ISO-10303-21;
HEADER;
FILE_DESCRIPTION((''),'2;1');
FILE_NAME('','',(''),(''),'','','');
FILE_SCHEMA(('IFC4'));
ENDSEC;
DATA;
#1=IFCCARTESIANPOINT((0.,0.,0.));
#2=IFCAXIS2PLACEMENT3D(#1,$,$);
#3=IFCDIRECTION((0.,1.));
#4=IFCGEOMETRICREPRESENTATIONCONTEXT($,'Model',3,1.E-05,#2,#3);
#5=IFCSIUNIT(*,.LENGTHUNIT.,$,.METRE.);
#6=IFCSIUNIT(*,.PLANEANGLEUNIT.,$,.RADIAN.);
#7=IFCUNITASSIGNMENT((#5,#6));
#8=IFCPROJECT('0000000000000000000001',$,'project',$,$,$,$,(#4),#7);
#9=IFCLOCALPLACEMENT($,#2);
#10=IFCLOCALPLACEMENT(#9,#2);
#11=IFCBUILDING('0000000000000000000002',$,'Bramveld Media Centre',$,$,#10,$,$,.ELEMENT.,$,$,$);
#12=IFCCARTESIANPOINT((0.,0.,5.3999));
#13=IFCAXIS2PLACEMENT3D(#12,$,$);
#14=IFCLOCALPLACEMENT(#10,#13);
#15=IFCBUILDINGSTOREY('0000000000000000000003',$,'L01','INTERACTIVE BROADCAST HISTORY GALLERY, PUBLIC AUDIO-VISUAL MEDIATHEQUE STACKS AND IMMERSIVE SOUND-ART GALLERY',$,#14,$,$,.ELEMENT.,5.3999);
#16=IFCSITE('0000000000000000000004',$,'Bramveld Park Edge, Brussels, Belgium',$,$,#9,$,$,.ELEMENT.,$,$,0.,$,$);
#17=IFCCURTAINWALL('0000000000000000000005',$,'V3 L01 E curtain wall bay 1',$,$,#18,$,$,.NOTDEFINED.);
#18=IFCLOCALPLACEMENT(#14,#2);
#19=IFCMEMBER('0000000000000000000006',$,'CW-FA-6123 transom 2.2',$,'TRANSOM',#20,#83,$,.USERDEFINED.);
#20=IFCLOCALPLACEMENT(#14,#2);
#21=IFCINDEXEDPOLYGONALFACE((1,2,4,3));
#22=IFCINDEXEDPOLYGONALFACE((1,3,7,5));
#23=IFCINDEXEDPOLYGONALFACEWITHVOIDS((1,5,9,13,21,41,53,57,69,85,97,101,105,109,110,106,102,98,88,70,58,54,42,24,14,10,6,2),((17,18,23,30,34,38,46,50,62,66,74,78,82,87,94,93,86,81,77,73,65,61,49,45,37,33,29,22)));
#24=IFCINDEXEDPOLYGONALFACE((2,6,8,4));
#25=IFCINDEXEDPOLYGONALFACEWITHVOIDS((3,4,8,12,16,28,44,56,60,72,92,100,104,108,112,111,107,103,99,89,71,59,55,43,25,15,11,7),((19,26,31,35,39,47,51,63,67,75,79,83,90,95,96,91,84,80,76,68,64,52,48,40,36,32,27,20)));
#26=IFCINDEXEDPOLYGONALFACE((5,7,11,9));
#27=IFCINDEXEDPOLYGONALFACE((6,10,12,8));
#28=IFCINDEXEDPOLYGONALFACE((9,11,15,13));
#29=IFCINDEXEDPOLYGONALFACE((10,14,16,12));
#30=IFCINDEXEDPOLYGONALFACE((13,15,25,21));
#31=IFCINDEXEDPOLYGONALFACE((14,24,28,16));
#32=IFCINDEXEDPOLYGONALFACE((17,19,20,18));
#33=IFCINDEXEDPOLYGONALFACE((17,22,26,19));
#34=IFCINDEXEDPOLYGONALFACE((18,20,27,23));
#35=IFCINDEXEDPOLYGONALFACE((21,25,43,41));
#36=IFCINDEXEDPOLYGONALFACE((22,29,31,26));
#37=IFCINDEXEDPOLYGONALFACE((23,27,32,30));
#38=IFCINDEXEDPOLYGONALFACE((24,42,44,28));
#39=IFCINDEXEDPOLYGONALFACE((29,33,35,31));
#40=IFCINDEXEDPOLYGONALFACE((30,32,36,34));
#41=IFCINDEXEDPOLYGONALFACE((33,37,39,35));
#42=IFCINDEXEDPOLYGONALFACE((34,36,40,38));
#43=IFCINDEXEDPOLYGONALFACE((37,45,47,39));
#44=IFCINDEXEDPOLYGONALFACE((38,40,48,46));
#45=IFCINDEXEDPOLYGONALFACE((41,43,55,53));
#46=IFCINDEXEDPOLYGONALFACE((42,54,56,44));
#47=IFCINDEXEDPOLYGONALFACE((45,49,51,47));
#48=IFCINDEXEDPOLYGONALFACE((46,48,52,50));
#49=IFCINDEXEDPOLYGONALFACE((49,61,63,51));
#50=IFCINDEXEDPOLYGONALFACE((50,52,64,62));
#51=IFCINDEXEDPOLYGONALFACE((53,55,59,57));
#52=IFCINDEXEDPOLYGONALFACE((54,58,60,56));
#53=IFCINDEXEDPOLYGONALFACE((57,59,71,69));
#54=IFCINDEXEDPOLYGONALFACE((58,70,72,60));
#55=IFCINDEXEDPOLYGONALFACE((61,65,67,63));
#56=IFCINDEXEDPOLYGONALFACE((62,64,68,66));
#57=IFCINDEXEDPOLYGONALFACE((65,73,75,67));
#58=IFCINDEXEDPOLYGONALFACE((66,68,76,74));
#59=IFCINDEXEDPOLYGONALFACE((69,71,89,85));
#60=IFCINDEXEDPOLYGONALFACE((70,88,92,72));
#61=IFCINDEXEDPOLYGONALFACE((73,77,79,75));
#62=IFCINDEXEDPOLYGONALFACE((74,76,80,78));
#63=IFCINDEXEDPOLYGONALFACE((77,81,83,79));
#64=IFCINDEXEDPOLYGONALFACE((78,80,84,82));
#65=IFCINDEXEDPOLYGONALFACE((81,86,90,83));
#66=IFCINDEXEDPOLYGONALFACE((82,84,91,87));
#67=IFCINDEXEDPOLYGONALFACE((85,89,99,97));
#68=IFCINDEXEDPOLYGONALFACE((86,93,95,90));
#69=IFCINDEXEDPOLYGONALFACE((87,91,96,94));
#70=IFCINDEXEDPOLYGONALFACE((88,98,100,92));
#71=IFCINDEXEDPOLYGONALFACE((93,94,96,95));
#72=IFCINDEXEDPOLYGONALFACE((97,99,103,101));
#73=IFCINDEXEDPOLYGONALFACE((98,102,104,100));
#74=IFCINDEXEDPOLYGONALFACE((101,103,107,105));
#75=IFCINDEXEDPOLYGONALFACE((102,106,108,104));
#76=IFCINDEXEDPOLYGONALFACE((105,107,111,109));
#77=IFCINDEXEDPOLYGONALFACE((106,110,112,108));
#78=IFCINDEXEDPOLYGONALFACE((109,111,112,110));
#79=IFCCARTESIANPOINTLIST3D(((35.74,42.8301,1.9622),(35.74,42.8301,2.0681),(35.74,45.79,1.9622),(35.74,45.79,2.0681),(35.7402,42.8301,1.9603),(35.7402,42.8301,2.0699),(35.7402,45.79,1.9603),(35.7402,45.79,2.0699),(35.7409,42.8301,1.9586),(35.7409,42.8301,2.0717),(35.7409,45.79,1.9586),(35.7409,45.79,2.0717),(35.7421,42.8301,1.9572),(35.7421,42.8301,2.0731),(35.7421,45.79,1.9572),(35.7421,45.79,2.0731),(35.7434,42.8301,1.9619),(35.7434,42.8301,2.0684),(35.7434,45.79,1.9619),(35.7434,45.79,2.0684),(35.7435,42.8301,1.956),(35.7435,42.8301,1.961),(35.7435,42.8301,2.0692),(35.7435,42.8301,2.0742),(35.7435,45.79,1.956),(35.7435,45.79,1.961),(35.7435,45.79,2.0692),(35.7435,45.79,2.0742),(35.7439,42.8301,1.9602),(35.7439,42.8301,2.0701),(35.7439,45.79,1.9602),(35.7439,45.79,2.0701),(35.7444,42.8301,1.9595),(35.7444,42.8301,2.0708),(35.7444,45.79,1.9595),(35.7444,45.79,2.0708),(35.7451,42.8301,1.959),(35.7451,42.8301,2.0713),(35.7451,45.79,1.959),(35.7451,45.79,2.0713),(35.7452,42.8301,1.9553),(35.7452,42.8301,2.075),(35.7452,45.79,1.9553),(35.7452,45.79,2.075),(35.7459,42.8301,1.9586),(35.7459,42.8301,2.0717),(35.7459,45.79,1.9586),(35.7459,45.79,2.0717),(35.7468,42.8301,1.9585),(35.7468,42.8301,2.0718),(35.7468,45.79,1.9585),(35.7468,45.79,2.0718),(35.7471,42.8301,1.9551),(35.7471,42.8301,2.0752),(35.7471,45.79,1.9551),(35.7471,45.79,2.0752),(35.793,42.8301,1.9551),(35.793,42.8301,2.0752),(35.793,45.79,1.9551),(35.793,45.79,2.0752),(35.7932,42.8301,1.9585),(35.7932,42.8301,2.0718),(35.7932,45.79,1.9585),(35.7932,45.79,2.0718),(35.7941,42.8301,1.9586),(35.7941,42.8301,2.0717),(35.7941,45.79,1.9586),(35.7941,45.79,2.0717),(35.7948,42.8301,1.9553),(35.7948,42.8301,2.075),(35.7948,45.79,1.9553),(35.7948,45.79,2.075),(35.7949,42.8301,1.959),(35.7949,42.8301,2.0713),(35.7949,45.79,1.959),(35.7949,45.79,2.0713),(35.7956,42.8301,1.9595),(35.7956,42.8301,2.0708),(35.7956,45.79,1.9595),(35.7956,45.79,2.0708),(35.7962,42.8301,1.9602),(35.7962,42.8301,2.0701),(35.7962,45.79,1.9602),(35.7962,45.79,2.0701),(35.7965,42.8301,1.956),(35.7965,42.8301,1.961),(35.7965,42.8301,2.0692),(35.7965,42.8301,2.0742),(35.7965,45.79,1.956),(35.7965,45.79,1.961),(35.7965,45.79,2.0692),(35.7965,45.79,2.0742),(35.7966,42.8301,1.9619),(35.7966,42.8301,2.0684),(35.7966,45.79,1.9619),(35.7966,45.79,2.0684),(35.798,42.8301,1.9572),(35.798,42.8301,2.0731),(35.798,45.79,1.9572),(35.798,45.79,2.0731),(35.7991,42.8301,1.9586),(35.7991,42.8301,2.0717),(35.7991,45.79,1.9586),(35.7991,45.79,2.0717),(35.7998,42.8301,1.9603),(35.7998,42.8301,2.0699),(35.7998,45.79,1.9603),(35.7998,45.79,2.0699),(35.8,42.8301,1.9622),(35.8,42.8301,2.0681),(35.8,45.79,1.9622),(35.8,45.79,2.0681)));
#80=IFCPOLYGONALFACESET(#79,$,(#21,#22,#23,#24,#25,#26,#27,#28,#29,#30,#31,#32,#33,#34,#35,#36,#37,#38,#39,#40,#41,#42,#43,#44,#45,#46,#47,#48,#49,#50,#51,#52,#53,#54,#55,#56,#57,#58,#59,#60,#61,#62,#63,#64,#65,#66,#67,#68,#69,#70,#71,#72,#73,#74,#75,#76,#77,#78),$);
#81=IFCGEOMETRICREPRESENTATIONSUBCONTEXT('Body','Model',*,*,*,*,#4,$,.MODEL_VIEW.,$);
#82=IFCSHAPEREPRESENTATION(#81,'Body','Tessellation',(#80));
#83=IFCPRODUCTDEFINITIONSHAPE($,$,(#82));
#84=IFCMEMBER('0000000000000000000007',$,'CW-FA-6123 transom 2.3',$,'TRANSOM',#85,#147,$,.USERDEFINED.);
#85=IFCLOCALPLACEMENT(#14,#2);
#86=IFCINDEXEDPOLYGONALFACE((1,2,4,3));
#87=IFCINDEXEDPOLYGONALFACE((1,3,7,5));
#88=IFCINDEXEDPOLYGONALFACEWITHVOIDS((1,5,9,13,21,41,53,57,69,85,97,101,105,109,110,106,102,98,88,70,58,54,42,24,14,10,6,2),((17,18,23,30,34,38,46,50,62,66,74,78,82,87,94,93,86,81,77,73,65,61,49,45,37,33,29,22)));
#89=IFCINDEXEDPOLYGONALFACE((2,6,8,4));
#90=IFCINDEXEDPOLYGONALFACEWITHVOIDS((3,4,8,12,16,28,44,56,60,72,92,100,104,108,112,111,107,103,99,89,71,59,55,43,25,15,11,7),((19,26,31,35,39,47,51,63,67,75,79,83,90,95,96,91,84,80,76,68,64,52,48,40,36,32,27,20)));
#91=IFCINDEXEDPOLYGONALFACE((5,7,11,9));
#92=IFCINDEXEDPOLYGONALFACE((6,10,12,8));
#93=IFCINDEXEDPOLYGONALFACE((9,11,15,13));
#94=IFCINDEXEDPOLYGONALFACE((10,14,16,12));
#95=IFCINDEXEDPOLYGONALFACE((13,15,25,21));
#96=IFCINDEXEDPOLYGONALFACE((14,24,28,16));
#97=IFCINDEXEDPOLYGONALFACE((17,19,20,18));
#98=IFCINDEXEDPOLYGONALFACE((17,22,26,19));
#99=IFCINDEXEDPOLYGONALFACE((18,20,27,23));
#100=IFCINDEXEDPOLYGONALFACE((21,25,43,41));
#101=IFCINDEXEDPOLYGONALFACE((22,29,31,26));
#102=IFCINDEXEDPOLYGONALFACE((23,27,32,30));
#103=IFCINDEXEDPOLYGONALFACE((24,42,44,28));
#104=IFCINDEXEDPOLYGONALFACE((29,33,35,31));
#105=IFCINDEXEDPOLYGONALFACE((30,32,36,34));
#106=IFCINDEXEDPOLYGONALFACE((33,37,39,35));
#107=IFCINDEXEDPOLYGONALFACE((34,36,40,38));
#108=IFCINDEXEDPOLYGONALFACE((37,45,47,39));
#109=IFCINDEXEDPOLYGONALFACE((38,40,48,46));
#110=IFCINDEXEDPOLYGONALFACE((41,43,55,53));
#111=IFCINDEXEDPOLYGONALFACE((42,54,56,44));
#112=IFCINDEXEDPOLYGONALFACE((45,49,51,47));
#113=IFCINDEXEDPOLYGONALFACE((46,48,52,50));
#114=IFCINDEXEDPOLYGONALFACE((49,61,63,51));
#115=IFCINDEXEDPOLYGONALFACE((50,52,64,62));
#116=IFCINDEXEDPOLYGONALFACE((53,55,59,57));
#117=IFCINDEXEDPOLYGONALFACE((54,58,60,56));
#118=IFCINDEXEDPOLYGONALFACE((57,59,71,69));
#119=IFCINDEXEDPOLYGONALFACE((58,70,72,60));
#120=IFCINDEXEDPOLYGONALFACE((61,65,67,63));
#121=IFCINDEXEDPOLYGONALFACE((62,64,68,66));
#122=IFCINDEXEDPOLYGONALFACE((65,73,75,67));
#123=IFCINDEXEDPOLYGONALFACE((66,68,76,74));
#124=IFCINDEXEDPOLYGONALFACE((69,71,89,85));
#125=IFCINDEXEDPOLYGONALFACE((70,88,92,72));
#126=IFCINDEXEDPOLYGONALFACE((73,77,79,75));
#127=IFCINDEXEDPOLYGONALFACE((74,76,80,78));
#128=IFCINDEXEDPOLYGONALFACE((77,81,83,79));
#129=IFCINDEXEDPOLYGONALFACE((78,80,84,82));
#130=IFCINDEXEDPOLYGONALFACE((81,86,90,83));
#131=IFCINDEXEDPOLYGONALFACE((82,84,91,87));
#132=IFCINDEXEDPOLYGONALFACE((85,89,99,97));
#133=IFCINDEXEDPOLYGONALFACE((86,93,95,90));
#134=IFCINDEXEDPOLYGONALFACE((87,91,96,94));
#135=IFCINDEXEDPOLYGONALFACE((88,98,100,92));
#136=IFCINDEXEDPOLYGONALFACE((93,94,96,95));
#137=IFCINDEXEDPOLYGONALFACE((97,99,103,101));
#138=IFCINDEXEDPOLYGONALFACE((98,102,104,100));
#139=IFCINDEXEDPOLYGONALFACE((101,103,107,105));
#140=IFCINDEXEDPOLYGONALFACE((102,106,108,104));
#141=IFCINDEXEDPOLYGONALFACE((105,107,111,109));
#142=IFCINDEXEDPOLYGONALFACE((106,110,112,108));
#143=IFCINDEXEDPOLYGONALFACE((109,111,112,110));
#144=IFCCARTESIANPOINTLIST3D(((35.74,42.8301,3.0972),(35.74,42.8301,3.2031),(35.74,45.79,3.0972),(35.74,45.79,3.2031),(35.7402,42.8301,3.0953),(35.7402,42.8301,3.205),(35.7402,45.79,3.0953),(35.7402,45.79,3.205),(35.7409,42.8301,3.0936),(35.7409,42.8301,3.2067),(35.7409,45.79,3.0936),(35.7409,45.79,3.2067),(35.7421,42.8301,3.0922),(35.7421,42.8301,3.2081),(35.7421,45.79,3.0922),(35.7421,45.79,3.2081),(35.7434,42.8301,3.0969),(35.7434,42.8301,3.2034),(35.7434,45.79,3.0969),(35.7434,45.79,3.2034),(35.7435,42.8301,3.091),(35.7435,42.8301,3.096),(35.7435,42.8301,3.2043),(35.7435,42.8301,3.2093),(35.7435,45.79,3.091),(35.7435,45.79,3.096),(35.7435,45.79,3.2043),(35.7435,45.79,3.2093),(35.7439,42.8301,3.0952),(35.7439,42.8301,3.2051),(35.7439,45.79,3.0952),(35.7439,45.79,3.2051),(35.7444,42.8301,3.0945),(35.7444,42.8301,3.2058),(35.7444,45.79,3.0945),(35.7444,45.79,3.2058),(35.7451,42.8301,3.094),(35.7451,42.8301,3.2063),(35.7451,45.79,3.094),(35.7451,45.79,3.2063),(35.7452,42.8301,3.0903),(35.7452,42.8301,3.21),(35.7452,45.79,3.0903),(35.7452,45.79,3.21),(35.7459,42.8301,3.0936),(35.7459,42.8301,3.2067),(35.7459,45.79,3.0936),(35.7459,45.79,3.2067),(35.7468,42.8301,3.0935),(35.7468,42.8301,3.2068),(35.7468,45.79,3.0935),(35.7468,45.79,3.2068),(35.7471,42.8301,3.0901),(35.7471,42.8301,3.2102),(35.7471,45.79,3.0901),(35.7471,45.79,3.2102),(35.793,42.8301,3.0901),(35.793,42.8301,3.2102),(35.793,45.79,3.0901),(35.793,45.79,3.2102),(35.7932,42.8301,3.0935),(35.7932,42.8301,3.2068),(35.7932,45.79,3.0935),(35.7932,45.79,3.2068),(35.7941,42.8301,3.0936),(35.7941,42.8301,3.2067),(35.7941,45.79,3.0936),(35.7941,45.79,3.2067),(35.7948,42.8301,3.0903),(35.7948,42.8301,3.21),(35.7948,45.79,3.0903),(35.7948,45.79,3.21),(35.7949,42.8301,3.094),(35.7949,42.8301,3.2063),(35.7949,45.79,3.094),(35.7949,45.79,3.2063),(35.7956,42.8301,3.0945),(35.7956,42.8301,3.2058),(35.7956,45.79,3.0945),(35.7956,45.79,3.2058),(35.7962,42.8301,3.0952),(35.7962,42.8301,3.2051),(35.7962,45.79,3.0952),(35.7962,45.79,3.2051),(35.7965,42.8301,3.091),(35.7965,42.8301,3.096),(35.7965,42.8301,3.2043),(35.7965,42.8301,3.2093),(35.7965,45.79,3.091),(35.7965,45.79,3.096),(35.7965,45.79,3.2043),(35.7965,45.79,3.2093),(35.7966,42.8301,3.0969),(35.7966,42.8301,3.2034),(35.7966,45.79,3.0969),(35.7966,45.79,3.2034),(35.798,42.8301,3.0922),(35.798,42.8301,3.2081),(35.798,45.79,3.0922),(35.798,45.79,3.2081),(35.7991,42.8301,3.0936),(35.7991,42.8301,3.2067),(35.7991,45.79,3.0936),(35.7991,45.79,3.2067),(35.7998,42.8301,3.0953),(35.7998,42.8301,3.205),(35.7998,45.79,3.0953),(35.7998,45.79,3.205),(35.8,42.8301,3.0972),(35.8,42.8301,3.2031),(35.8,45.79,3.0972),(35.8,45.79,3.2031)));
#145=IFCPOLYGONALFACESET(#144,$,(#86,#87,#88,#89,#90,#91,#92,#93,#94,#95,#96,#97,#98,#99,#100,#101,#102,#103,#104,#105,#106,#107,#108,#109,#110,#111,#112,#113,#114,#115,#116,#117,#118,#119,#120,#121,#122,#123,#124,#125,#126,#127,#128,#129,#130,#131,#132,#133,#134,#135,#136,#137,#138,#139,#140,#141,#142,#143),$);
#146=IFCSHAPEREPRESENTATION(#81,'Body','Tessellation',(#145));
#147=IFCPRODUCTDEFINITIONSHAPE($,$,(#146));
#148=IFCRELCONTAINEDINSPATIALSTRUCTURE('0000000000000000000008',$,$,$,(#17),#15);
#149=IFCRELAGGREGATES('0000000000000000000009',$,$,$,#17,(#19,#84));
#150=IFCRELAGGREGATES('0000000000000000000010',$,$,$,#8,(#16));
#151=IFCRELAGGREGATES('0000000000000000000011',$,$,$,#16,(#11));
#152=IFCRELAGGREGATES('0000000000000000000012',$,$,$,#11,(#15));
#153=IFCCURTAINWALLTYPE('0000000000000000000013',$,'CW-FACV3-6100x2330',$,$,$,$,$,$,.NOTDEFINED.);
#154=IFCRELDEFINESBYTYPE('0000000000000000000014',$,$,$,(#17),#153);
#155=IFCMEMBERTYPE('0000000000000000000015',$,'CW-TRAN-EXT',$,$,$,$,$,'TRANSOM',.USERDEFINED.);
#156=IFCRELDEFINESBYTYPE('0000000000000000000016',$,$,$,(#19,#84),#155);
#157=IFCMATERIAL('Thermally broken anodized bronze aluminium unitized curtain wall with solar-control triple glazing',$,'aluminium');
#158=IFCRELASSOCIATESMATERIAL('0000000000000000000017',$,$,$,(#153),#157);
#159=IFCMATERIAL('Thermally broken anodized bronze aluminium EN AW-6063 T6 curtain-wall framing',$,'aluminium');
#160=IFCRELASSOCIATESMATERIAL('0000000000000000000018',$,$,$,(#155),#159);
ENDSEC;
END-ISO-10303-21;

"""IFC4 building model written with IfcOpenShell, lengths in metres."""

from ifc_helpers import new_model, si_unit, direction, frame, origin, origin_2d, place, context, subcontext, project, spatial, hollow_rectangle, extrude, material, material_profile, profile_set, type_object, element, aggregate, save


model = new_model("IFC4")

# Units and contexts
model_context = context("Model", 3, precision=1e-05, world=origin(), true_north=direction((0.0, 1.0)))
body_context = subcontext(model_context, "Body", "Model", "MODEL_VIEW")
ifc_project = project(units=[si_unit("LENGTHUNIT", "METRE"), si_unit("PLANEANGLEUNIT", "RADIAN")], contexts=[model_context])

# Site, building, storey
site_placement = place(None, origin())
site = spatial("IfcSite", under=ifc_project, at=site_placement, Name="Bramveld Park Edge, Brussels, Belgium", CompositionType="ELEMENT", RefElevation=0.0)
building_placement = place(site_placement, origin())
building = spatial("IfcBuilding", under=site, at=building_placement, Name="Bramveld Media Centre", CompositionType="ELEMENT")
storey_placement = place(building_placement, frame((0.0, 0.0, 5.3999)))
storey = spatial("IfcBuildingStorey", under=building, at=storey_placement, Name="L01", Description="INTERACTIVE BROADCAST HISTORY GALLERY, PUBLIC AUDIO-VISUAL MEDIATHEQUE STACKS AND IMMERSIVE SOUND-ART GALLERY", CompositionType="ELEMENT", Elevation=5.3999)

# Curtain wall
ifc_material_1 = material(Name="Thermally broken anodized bronze aluminium unitized curtain wall with solar-control triple glazing", Category="aluminium")
curtain_wall_type = type_object("IfcCurtainWallType", Name="CW-FACV3-6100x2330", PredefinedType="NOTDEFINED", material=ifc_material_1)
curtain_wall_1_placement = place(storey_placement, origin())
curtain_wall_1 = element("IfcCurtainWall", 1, at=curtain_wall_1_placement, inside=storey, type_object=curtain_wall_type, Name="V3 L01 E curtain wall bay 1", PredefinedType="NOTDEFINED")

# Members
ifc_material_2 = material(Name="Thermally broken anodized bronze aluminium EN AW-6063 T6 curtain-wall framing", Category="aluminium")
ifc_material_profile_1 = material_profile(ifc_material_2, hollow_rectangle(XDim=0.0601, YDim=0.1201, WallThickness=0.0034, InnerFilletRadius=0.0034, OuterFilletRadius=0.0071, at=origin_2d()), Name="AL-TRAN 60x120")
ifc_profile_set_1 = profile_set([ifc_material_profile_1], Name="Thermally broken anodized bronze aluminium EN AW-6063 T6 curtain-wall framing")
member_type_1 = type_object("IfcMemberType", Name="CW-TRAN-EXT", ElementType="TRANSOM", PredefinedType="USERDEFINED", material=ifc_profile_set_1)
member_1_placement = place(storey_placement, frame((35.77, 42.8301, 2.0151), z_axis=(0.0, 1.0, 0.0), x_axis=(-1.0, 0.0, 0.0)))
member_1 = element("IfcMember", 2, at=member_1_placement, type_object=member_type_1, Name="CW-FA-6123 transom 2.2", ObjectType="TRANSOM", PredefinedType="USERDEFINED", context=body_context, shape_type="SweptSolid", body=[
    extrude(hollow_rectangle(XDim=0.0601, YDim=0.1201, WallThickness=0.0034, InnerFilletRadius=0.0034, OuterFilletRadius=0.0071, at=origin_2d()), origin(), (0.0, 0.0, 1.0), 2.96),
])
member_2_placement = place(storey_placement, frame((35.77, 42.8301, 3.1501), z_axis=(0.0, 1.0, 0.0), x_axis=(-1.0, 0.0, 0.0)))
member_2 = element("IfcMember", 3, at=member_2_placement, type_object=member_type_1, Name="CW-FA-6123 transom 2.3", ObjectType="TRANSOM", PredefinedType="USERDEFINED", context=body_context, shape_type="SweptSolid", body=[
    extrude(hollow_rectangle(XDim=0.0601, YDim=0.1201, WallThickness=0.0034, InnerFilletRadius=0.0034, OuterFilletRadius=0.0071, at=origin_2d()), origin(), (0.0, 0.0, 1.0), 2.96),
])

aggregate(curtain_wall_1, [member_1, member_2])

save(model, "model.ifc")
